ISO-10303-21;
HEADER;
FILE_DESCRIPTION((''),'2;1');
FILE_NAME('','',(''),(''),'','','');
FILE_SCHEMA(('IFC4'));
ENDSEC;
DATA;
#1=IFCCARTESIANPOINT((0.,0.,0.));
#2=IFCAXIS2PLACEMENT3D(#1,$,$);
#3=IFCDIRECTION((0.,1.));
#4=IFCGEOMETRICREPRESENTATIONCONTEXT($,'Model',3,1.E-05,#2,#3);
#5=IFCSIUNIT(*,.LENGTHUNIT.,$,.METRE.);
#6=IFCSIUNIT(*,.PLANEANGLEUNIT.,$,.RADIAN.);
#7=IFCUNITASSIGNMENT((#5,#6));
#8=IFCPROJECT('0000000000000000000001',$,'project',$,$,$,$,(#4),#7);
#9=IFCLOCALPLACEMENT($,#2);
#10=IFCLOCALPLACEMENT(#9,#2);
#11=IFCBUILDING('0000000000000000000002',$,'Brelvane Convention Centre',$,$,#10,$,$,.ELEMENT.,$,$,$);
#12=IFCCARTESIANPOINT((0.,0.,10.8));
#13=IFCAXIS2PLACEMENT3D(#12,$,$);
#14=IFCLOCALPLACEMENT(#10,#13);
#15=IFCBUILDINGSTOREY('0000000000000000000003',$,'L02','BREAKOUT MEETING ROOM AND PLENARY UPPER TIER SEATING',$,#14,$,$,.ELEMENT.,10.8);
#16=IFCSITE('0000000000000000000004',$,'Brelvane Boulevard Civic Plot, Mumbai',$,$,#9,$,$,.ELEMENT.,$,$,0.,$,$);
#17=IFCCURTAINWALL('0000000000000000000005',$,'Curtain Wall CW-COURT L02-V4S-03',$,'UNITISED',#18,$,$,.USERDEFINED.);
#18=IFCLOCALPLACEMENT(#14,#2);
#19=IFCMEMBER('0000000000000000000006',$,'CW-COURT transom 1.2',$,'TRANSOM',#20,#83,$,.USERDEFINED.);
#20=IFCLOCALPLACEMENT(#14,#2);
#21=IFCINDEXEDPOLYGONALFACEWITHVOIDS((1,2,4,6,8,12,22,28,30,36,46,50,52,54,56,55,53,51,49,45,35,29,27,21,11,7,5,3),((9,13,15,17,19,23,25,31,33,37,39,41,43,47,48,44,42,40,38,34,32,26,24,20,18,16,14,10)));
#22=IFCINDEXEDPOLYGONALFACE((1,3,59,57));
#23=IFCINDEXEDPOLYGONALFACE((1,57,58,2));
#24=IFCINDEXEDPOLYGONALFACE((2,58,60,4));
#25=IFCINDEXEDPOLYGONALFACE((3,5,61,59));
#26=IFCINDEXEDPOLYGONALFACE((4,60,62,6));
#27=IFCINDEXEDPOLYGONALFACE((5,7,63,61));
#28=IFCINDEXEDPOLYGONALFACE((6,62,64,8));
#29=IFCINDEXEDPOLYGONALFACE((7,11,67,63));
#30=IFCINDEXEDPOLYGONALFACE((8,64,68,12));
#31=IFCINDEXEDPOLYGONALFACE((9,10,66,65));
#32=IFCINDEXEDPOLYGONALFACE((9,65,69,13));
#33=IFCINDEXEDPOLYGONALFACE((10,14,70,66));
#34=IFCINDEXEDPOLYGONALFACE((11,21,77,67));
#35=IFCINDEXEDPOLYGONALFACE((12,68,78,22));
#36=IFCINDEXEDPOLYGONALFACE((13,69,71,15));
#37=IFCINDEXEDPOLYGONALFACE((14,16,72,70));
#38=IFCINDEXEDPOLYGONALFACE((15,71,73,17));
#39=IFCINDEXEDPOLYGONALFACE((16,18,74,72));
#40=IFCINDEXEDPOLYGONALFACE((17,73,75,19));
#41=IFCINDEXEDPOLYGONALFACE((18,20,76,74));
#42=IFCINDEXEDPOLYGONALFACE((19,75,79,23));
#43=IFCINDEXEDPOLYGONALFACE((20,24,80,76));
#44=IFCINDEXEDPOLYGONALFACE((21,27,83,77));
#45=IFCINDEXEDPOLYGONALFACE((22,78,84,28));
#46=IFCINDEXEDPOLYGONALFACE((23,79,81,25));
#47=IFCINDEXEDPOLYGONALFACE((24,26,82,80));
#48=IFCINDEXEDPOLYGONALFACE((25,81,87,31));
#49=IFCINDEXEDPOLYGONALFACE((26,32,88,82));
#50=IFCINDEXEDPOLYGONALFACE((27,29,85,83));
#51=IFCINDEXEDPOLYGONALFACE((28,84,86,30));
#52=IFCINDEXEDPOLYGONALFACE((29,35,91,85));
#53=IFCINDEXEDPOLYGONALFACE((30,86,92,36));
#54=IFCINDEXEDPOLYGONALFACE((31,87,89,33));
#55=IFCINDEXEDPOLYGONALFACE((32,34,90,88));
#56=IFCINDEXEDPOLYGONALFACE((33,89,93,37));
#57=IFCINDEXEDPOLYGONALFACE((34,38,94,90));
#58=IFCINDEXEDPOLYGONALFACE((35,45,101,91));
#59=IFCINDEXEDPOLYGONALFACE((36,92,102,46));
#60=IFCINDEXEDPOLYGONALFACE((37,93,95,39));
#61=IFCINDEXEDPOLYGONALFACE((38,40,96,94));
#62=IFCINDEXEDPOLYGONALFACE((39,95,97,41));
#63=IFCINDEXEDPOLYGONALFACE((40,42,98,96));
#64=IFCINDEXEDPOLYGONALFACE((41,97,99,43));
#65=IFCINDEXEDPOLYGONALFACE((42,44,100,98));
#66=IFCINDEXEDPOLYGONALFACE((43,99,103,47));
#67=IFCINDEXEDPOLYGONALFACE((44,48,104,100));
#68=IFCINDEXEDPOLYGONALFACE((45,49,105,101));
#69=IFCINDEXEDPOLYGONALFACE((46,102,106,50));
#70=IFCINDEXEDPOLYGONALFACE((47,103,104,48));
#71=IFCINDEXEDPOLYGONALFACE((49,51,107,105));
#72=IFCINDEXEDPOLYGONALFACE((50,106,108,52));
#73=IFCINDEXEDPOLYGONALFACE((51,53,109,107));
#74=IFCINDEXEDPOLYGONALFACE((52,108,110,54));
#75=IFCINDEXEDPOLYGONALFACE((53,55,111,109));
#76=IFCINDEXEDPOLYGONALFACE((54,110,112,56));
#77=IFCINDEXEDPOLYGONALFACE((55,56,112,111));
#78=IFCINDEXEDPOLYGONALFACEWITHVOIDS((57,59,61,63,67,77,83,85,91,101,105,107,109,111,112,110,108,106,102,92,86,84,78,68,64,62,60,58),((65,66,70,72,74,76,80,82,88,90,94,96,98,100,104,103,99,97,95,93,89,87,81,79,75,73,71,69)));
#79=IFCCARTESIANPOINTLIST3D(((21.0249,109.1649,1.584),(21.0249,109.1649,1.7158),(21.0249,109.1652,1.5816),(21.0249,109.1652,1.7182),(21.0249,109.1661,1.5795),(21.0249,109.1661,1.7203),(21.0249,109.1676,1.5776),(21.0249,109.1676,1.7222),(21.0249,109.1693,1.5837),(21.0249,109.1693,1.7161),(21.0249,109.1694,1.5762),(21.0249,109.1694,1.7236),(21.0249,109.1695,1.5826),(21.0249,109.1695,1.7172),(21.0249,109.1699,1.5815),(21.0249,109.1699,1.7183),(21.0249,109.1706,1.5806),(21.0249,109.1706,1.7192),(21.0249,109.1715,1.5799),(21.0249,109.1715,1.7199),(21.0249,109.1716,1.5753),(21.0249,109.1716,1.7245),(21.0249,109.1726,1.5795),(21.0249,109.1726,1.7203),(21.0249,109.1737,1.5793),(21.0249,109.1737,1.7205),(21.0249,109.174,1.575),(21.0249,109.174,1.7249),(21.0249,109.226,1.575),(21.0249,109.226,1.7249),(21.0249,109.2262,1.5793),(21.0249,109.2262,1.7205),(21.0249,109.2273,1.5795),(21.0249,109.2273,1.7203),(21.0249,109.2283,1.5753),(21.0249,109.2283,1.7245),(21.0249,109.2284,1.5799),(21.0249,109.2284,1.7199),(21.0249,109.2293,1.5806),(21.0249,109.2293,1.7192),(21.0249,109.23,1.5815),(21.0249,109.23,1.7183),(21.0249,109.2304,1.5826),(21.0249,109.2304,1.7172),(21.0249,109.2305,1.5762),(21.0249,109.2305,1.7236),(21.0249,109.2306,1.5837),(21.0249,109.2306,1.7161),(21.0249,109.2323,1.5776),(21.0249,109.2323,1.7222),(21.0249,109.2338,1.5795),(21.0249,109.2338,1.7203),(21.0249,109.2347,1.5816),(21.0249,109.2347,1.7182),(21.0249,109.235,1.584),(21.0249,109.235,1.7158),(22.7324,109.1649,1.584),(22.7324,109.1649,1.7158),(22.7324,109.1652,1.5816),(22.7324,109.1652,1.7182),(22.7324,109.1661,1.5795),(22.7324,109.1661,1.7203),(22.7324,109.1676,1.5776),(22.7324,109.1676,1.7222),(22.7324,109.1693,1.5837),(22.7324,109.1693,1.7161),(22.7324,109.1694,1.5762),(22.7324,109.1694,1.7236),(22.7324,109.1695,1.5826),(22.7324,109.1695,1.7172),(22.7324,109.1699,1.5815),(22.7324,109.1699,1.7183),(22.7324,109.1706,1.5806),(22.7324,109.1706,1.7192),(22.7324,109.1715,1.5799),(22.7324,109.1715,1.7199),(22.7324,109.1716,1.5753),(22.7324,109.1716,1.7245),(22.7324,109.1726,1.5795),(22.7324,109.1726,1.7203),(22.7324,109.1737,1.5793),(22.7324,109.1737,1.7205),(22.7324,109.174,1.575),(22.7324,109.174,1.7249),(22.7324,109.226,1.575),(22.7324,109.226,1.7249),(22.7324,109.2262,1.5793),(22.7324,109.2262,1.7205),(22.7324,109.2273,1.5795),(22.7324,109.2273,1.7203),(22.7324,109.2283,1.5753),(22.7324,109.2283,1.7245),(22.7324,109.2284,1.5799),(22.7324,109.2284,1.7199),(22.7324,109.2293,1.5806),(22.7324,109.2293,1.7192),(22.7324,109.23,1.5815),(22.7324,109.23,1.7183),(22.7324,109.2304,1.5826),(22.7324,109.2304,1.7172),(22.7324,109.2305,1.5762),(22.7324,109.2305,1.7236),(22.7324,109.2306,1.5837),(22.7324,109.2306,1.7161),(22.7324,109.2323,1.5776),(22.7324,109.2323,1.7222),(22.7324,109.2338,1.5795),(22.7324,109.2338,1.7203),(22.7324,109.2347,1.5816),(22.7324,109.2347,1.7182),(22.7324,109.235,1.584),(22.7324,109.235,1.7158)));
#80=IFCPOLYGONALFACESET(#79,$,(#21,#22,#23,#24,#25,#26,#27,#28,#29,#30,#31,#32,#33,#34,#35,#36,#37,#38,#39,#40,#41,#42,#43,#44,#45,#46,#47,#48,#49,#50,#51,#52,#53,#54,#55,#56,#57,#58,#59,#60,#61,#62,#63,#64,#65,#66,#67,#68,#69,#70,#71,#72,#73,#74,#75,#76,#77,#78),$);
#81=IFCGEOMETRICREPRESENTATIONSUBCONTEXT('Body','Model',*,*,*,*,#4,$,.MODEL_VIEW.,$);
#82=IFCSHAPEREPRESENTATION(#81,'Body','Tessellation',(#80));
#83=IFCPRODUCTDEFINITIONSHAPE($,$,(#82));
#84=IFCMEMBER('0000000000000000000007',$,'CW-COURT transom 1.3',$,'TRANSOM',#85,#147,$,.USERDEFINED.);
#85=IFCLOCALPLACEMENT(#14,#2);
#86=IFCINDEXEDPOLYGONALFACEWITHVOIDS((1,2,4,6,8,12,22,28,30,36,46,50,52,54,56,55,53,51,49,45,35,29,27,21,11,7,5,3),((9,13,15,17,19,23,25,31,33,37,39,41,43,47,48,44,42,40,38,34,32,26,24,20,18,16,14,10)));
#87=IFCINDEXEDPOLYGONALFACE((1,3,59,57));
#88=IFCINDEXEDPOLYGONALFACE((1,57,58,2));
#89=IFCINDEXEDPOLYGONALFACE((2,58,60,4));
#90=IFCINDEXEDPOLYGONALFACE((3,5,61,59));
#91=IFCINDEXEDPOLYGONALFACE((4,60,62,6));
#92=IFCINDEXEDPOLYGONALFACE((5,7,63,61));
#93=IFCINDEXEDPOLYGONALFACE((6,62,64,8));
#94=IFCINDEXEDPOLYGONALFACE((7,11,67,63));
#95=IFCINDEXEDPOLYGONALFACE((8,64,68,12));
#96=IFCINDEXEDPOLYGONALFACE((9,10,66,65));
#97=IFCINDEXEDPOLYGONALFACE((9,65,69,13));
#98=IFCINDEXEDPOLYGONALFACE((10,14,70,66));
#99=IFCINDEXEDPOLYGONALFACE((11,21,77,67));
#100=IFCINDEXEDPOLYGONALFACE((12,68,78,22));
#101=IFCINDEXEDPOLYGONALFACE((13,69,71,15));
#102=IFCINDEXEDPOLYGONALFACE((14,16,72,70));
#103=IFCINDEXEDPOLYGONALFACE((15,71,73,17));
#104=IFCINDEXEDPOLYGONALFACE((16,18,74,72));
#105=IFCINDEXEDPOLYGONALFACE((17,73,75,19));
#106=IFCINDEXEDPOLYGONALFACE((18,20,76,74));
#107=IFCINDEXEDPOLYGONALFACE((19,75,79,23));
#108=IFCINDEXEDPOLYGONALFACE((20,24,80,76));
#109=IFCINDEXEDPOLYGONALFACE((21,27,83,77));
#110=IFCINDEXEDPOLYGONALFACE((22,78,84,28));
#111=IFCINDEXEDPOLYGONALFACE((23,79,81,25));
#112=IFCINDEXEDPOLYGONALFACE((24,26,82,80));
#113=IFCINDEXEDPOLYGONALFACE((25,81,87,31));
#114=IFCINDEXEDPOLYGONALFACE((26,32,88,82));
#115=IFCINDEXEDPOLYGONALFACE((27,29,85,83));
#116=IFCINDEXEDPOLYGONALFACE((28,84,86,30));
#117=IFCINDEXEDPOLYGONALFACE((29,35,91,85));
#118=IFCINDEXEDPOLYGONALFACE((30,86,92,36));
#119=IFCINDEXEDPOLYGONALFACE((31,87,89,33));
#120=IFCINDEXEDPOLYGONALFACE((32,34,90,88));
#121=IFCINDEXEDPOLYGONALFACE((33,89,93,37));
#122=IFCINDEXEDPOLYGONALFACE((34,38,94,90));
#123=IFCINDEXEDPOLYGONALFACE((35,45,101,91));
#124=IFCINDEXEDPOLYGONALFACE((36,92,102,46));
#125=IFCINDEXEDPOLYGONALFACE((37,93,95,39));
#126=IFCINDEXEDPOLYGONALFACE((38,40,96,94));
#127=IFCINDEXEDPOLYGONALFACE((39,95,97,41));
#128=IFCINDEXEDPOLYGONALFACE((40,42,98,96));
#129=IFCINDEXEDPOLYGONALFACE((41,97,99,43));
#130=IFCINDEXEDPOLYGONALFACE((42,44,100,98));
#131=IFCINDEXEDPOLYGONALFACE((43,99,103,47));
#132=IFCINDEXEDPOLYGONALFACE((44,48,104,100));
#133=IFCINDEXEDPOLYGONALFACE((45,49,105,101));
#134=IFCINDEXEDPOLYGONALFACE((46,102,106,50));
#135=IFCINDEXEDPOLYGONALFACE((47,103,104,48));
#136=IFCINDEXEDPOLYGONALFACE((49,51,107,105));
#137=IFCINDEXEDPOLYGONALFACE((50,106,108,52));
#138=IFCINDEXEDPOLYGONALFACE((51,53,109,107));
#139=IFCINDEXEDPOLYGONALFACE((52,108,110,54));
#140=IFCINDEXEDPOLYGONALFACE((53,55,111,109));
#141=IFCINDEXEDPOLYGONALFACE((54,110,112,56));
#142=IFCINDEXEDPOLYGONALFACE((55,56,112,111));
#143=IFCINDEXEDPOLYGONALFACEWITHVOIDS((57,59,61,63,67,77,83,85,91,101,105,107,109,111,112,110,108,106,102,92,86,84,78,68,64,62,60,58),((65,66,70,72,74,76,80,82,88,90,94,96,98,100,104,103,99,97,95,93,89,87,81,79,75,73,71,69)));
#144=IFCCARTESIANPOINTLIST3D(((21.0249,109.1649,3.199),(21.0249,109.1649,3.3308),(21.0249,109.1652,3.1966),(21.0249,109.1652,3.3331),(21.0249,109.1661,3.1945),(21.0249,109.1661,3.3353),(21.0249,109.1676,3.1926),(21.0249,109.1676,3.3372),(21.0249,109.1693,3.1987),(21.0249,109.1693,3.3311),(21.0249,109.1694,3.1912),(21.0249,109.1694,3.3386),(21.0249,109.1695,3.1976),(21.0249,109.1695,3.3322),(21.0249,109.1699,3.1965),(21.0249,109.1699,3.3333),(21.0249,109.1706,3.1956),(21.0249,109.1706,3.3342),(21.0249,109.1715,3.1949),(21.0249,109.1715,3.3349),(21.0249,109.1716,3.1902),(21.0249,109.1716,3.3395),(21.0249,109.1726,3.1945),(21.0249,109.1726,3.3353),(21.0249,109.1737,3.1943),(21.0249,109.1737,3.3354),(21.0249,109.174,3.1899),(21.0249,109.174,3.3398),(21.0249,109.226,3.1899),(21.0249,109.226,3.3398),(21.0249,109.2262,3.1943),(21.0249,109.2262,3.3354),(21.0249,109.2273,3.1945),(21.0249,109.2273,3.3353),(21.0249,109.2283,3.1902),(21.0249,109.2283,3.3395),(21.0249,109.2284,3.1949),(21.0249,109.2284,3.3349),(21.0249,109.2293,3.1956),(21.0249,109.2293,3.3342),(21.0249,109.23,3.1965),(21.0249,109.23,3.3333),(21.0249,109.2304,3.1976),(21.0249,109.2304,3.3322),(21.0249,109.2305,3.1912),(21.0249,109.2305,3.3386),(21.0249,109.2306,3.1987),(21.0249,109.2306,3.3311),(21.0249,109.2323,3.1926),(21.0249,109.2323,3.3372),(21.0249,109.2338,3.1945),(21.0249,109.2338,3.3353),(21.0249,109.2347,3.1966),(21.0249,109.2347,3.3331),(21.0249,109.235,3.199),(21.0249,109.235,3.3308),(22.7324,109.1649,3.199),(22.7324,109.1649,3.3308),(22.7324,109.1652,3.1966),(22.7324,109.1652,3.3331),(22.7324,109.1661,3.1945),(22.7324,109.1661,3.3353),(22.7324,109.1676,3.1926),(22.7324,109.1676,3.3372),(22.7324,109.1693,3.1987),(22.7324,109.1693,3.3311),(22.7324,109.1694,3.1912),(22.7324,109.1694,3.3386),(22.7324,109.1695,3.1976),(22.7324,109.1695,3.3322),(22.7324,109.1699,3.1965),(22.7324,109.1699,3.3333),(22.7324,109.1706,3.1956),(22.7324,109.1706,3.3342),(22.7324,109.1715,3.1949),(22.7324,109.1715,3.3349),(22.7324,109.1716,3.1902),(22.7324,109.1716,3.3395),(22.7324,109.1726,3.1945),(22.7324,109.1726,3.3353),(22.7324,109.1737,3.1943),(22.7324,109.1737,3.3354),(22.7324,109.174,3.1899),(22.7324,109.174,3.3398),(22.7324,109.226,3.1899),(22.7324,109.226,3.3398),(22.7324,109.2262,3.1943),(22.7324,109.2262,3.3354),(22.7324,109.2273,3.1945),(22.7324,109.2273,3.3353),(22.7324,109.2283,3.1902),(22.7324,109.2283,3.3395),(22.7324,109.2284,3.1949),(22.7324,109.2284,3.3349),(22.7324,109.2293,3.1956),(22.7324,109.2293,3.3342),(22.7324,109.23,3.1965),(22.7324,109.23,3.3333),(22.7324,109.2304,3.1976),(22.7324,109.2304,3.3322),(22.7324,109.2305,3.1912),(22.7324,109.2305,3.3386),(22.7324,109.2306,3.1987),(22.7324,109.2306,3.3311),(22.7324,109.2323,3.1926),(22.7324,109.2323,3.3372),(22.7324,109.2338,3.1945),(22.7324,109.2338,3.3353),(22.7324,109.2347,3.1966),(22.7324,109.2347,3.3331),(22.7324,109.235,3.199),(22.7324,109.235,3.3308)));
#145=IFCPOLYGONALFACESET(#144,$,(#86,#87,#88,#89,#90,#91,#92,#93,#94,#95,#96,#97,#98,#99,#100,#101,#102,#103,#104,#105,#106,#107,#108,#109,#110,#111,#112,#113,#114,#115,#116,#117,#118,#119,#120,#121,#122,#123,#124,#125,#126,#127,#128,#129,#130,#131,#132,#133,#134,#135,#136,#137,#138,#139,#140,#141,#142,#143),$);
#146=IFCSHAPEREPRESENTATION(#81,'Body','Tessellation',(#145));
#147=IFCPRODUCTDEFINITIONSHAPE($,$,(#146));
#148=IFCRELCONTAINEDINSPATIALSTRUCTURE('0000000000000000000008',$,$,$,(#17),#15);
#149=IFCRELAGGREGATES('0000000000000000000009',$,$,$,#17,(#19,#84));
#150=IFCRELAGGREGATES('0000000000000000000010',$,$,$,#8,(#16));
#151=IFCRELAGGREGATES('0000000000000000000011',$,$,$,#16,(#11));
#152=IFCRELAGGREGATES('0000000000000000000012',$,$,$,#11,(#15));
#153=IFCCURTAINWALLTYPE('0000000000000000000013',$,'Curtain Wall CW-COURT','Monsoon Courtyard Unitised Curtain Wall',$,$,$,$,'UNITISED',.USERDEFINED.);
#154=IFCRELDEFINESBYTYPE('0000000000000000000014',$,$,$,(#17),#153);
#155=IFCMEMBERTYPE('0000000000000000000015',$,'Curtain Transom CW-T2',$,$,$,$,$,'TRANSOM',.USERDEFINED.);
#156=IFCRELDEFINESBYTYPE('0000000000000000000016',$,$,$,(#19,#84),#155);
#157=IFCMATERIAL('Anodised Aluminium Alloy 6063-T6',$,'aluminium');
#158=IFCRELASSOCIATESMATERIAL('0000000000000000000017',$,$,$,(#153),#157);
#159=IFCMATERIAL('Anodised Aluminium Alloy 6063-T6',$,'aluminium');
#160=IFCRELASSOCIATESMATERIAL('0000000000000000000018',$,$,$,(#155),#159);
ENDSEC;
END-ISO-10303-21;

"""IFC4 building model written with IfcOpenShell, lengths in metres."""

from ifc_helpers import new_model, si_unit, direction, frame, origin, origin_2d, place, context, subcontext, project, spatial, hollow_rectangle, extrude, material, material_profile, profile_set, type_object, element, aggregate, save


model = new_model("IFC4")

# Units and contexts
model_context = context("Model", 3, precision=1e-05, world=origin(), true_north=direction((0.0, 1.0)))
body_context = subcontext(model_context, "Body", "Model", "MODEL_VIEW")
ifc_project = project(units=[si_unit("LENGTHUNIT", "METRE"), si_unit("PLANEANGLEUNIT", "RADIAN")], contexts=[model_context])

# Site, building, storey
site_placement = place(None, origin())
site = spatial("IfcSite", under=ifc_project, at=site_placement, Name="Brelvane Boulevard Civic Plot, Mumbai", CompositionType="ELEMENT", RefElevation=0.0)
building_placement = place(site_placement, origin())
building = spatial("IfcBuilding", under=site, at=building_placement, Name="Brelvane Convention Centre", CompositionType="ELEMENT")
storey_placement = place(building_placement, frame((0.0, 0.0, 10.8)))
storey = spatial("IfcBuildingStorey", under=building, at=storey_placement, Name="L02", Description="BREAKOUT MEETING ROOM AND PLENARY UPPER TIER SEATING", CompositionType="ELEMENT", Elevation=10.8)

# Curtain wall
ifc_material_1 = material(Name="Anodised Aluminium Alloy 6063-T6", Category="aluminium")
curtain_wall_type_1 = type_object("IfcCurtainWallType", Name="Curtain Wall CW-COURT", Description="Monsoon Courtyard Unitised Curtain Wall", ElementType="UNITISED", PredefinedType="USERDEFINED", material=ifc_material_1)
curtain_wall_1_placement = place(storey_placement, origin())
curtain_wall_1 = element("IfcCurtainWall", 1, at=curtain_wall_1_placement, inside=storey, type_object=curtain_wall_type_1, Name="Curtain Wall CW-COURT L02-V4S-03", ObjectType="UNITISED", PredefinedType="USERDEFINED")

# Members
ifc_material_2 = material(Name="Anodised Aluminium Alloy 6063-T6", Category="aluminium")
ifc_material_profile_1 = material_profile(ifc_material_2, hollow_rectangle(XDim=0.0701, YDim=0.1499, WallThickness=0.0044, InnerFilletRadius=0.0044, OuterFilletRadius=0.009, at=origin_2d()), Name="ALU-T 150x70x4.5")
ifc_profile_set_1 = profile_set([ifc_material_profile_1], Name="Anodised Aluminium Alloy 6063-T6")
member_type_1 = type_object("IfcMemberType", Name="Curtain Transom CW-T2", ElementType="TRANSOM", PredefinedType="USERDEFINED", material=ifc_profile_set_1)
member_1_placement = place(storey_placement, frame((21.0249, 109.2, 1.6499), z_axis=(1.0, 0.0, 0.0), x_axis=(0.0, 1.0, 0.0)))
member_1 = element("IfcMember", 2, at=member_1_placement, type_object=member_type_1, Name="CW-COURT transom 1.2", ObjectType="TRANSOM", PredefinedType="USERDEFINED", context=body_context, shape_type="SweptSolid", body=[
    extrude(hollow_rectangle(XDim=0.0701, YDim=0.1499, WallThickness=0.0044, InnerFilletRadius=0.0044, OuterFilletRadius=0.009, at=origin_2d()), origin(), (0.0, 0.0, 1.0), 1.7075),
])
member_2_placement = place(storey_placement, frame((21.0249, 109.2, 3.2649), z_axis=(1.0, 0.0, 0.0), x_axis=(0.0, 1.0, 0.0)))
member_2 = element("IfcMember", 3, at=member_2_placement, type_object=member_type_1, Name="CW-COURT transom 1.3", ObjectType="TRANSOM", PredefinedType="USERDEFINED", context=body_context, shape_type="SweptSolid", body=[
    extrude(hollow_rectangle(XDim=0.0701, YDim=0.1499, WallThickness=0.0044, InnerFilletRadius=0.0044, OuterFilletRadius=0.009, at=origin_2d()), origin(), (0.0, 0.0, 1.0), 1.7075),
])

aggregate(curtain_wall_1, [member_1, member_2])

save(model, "model.ifc")
